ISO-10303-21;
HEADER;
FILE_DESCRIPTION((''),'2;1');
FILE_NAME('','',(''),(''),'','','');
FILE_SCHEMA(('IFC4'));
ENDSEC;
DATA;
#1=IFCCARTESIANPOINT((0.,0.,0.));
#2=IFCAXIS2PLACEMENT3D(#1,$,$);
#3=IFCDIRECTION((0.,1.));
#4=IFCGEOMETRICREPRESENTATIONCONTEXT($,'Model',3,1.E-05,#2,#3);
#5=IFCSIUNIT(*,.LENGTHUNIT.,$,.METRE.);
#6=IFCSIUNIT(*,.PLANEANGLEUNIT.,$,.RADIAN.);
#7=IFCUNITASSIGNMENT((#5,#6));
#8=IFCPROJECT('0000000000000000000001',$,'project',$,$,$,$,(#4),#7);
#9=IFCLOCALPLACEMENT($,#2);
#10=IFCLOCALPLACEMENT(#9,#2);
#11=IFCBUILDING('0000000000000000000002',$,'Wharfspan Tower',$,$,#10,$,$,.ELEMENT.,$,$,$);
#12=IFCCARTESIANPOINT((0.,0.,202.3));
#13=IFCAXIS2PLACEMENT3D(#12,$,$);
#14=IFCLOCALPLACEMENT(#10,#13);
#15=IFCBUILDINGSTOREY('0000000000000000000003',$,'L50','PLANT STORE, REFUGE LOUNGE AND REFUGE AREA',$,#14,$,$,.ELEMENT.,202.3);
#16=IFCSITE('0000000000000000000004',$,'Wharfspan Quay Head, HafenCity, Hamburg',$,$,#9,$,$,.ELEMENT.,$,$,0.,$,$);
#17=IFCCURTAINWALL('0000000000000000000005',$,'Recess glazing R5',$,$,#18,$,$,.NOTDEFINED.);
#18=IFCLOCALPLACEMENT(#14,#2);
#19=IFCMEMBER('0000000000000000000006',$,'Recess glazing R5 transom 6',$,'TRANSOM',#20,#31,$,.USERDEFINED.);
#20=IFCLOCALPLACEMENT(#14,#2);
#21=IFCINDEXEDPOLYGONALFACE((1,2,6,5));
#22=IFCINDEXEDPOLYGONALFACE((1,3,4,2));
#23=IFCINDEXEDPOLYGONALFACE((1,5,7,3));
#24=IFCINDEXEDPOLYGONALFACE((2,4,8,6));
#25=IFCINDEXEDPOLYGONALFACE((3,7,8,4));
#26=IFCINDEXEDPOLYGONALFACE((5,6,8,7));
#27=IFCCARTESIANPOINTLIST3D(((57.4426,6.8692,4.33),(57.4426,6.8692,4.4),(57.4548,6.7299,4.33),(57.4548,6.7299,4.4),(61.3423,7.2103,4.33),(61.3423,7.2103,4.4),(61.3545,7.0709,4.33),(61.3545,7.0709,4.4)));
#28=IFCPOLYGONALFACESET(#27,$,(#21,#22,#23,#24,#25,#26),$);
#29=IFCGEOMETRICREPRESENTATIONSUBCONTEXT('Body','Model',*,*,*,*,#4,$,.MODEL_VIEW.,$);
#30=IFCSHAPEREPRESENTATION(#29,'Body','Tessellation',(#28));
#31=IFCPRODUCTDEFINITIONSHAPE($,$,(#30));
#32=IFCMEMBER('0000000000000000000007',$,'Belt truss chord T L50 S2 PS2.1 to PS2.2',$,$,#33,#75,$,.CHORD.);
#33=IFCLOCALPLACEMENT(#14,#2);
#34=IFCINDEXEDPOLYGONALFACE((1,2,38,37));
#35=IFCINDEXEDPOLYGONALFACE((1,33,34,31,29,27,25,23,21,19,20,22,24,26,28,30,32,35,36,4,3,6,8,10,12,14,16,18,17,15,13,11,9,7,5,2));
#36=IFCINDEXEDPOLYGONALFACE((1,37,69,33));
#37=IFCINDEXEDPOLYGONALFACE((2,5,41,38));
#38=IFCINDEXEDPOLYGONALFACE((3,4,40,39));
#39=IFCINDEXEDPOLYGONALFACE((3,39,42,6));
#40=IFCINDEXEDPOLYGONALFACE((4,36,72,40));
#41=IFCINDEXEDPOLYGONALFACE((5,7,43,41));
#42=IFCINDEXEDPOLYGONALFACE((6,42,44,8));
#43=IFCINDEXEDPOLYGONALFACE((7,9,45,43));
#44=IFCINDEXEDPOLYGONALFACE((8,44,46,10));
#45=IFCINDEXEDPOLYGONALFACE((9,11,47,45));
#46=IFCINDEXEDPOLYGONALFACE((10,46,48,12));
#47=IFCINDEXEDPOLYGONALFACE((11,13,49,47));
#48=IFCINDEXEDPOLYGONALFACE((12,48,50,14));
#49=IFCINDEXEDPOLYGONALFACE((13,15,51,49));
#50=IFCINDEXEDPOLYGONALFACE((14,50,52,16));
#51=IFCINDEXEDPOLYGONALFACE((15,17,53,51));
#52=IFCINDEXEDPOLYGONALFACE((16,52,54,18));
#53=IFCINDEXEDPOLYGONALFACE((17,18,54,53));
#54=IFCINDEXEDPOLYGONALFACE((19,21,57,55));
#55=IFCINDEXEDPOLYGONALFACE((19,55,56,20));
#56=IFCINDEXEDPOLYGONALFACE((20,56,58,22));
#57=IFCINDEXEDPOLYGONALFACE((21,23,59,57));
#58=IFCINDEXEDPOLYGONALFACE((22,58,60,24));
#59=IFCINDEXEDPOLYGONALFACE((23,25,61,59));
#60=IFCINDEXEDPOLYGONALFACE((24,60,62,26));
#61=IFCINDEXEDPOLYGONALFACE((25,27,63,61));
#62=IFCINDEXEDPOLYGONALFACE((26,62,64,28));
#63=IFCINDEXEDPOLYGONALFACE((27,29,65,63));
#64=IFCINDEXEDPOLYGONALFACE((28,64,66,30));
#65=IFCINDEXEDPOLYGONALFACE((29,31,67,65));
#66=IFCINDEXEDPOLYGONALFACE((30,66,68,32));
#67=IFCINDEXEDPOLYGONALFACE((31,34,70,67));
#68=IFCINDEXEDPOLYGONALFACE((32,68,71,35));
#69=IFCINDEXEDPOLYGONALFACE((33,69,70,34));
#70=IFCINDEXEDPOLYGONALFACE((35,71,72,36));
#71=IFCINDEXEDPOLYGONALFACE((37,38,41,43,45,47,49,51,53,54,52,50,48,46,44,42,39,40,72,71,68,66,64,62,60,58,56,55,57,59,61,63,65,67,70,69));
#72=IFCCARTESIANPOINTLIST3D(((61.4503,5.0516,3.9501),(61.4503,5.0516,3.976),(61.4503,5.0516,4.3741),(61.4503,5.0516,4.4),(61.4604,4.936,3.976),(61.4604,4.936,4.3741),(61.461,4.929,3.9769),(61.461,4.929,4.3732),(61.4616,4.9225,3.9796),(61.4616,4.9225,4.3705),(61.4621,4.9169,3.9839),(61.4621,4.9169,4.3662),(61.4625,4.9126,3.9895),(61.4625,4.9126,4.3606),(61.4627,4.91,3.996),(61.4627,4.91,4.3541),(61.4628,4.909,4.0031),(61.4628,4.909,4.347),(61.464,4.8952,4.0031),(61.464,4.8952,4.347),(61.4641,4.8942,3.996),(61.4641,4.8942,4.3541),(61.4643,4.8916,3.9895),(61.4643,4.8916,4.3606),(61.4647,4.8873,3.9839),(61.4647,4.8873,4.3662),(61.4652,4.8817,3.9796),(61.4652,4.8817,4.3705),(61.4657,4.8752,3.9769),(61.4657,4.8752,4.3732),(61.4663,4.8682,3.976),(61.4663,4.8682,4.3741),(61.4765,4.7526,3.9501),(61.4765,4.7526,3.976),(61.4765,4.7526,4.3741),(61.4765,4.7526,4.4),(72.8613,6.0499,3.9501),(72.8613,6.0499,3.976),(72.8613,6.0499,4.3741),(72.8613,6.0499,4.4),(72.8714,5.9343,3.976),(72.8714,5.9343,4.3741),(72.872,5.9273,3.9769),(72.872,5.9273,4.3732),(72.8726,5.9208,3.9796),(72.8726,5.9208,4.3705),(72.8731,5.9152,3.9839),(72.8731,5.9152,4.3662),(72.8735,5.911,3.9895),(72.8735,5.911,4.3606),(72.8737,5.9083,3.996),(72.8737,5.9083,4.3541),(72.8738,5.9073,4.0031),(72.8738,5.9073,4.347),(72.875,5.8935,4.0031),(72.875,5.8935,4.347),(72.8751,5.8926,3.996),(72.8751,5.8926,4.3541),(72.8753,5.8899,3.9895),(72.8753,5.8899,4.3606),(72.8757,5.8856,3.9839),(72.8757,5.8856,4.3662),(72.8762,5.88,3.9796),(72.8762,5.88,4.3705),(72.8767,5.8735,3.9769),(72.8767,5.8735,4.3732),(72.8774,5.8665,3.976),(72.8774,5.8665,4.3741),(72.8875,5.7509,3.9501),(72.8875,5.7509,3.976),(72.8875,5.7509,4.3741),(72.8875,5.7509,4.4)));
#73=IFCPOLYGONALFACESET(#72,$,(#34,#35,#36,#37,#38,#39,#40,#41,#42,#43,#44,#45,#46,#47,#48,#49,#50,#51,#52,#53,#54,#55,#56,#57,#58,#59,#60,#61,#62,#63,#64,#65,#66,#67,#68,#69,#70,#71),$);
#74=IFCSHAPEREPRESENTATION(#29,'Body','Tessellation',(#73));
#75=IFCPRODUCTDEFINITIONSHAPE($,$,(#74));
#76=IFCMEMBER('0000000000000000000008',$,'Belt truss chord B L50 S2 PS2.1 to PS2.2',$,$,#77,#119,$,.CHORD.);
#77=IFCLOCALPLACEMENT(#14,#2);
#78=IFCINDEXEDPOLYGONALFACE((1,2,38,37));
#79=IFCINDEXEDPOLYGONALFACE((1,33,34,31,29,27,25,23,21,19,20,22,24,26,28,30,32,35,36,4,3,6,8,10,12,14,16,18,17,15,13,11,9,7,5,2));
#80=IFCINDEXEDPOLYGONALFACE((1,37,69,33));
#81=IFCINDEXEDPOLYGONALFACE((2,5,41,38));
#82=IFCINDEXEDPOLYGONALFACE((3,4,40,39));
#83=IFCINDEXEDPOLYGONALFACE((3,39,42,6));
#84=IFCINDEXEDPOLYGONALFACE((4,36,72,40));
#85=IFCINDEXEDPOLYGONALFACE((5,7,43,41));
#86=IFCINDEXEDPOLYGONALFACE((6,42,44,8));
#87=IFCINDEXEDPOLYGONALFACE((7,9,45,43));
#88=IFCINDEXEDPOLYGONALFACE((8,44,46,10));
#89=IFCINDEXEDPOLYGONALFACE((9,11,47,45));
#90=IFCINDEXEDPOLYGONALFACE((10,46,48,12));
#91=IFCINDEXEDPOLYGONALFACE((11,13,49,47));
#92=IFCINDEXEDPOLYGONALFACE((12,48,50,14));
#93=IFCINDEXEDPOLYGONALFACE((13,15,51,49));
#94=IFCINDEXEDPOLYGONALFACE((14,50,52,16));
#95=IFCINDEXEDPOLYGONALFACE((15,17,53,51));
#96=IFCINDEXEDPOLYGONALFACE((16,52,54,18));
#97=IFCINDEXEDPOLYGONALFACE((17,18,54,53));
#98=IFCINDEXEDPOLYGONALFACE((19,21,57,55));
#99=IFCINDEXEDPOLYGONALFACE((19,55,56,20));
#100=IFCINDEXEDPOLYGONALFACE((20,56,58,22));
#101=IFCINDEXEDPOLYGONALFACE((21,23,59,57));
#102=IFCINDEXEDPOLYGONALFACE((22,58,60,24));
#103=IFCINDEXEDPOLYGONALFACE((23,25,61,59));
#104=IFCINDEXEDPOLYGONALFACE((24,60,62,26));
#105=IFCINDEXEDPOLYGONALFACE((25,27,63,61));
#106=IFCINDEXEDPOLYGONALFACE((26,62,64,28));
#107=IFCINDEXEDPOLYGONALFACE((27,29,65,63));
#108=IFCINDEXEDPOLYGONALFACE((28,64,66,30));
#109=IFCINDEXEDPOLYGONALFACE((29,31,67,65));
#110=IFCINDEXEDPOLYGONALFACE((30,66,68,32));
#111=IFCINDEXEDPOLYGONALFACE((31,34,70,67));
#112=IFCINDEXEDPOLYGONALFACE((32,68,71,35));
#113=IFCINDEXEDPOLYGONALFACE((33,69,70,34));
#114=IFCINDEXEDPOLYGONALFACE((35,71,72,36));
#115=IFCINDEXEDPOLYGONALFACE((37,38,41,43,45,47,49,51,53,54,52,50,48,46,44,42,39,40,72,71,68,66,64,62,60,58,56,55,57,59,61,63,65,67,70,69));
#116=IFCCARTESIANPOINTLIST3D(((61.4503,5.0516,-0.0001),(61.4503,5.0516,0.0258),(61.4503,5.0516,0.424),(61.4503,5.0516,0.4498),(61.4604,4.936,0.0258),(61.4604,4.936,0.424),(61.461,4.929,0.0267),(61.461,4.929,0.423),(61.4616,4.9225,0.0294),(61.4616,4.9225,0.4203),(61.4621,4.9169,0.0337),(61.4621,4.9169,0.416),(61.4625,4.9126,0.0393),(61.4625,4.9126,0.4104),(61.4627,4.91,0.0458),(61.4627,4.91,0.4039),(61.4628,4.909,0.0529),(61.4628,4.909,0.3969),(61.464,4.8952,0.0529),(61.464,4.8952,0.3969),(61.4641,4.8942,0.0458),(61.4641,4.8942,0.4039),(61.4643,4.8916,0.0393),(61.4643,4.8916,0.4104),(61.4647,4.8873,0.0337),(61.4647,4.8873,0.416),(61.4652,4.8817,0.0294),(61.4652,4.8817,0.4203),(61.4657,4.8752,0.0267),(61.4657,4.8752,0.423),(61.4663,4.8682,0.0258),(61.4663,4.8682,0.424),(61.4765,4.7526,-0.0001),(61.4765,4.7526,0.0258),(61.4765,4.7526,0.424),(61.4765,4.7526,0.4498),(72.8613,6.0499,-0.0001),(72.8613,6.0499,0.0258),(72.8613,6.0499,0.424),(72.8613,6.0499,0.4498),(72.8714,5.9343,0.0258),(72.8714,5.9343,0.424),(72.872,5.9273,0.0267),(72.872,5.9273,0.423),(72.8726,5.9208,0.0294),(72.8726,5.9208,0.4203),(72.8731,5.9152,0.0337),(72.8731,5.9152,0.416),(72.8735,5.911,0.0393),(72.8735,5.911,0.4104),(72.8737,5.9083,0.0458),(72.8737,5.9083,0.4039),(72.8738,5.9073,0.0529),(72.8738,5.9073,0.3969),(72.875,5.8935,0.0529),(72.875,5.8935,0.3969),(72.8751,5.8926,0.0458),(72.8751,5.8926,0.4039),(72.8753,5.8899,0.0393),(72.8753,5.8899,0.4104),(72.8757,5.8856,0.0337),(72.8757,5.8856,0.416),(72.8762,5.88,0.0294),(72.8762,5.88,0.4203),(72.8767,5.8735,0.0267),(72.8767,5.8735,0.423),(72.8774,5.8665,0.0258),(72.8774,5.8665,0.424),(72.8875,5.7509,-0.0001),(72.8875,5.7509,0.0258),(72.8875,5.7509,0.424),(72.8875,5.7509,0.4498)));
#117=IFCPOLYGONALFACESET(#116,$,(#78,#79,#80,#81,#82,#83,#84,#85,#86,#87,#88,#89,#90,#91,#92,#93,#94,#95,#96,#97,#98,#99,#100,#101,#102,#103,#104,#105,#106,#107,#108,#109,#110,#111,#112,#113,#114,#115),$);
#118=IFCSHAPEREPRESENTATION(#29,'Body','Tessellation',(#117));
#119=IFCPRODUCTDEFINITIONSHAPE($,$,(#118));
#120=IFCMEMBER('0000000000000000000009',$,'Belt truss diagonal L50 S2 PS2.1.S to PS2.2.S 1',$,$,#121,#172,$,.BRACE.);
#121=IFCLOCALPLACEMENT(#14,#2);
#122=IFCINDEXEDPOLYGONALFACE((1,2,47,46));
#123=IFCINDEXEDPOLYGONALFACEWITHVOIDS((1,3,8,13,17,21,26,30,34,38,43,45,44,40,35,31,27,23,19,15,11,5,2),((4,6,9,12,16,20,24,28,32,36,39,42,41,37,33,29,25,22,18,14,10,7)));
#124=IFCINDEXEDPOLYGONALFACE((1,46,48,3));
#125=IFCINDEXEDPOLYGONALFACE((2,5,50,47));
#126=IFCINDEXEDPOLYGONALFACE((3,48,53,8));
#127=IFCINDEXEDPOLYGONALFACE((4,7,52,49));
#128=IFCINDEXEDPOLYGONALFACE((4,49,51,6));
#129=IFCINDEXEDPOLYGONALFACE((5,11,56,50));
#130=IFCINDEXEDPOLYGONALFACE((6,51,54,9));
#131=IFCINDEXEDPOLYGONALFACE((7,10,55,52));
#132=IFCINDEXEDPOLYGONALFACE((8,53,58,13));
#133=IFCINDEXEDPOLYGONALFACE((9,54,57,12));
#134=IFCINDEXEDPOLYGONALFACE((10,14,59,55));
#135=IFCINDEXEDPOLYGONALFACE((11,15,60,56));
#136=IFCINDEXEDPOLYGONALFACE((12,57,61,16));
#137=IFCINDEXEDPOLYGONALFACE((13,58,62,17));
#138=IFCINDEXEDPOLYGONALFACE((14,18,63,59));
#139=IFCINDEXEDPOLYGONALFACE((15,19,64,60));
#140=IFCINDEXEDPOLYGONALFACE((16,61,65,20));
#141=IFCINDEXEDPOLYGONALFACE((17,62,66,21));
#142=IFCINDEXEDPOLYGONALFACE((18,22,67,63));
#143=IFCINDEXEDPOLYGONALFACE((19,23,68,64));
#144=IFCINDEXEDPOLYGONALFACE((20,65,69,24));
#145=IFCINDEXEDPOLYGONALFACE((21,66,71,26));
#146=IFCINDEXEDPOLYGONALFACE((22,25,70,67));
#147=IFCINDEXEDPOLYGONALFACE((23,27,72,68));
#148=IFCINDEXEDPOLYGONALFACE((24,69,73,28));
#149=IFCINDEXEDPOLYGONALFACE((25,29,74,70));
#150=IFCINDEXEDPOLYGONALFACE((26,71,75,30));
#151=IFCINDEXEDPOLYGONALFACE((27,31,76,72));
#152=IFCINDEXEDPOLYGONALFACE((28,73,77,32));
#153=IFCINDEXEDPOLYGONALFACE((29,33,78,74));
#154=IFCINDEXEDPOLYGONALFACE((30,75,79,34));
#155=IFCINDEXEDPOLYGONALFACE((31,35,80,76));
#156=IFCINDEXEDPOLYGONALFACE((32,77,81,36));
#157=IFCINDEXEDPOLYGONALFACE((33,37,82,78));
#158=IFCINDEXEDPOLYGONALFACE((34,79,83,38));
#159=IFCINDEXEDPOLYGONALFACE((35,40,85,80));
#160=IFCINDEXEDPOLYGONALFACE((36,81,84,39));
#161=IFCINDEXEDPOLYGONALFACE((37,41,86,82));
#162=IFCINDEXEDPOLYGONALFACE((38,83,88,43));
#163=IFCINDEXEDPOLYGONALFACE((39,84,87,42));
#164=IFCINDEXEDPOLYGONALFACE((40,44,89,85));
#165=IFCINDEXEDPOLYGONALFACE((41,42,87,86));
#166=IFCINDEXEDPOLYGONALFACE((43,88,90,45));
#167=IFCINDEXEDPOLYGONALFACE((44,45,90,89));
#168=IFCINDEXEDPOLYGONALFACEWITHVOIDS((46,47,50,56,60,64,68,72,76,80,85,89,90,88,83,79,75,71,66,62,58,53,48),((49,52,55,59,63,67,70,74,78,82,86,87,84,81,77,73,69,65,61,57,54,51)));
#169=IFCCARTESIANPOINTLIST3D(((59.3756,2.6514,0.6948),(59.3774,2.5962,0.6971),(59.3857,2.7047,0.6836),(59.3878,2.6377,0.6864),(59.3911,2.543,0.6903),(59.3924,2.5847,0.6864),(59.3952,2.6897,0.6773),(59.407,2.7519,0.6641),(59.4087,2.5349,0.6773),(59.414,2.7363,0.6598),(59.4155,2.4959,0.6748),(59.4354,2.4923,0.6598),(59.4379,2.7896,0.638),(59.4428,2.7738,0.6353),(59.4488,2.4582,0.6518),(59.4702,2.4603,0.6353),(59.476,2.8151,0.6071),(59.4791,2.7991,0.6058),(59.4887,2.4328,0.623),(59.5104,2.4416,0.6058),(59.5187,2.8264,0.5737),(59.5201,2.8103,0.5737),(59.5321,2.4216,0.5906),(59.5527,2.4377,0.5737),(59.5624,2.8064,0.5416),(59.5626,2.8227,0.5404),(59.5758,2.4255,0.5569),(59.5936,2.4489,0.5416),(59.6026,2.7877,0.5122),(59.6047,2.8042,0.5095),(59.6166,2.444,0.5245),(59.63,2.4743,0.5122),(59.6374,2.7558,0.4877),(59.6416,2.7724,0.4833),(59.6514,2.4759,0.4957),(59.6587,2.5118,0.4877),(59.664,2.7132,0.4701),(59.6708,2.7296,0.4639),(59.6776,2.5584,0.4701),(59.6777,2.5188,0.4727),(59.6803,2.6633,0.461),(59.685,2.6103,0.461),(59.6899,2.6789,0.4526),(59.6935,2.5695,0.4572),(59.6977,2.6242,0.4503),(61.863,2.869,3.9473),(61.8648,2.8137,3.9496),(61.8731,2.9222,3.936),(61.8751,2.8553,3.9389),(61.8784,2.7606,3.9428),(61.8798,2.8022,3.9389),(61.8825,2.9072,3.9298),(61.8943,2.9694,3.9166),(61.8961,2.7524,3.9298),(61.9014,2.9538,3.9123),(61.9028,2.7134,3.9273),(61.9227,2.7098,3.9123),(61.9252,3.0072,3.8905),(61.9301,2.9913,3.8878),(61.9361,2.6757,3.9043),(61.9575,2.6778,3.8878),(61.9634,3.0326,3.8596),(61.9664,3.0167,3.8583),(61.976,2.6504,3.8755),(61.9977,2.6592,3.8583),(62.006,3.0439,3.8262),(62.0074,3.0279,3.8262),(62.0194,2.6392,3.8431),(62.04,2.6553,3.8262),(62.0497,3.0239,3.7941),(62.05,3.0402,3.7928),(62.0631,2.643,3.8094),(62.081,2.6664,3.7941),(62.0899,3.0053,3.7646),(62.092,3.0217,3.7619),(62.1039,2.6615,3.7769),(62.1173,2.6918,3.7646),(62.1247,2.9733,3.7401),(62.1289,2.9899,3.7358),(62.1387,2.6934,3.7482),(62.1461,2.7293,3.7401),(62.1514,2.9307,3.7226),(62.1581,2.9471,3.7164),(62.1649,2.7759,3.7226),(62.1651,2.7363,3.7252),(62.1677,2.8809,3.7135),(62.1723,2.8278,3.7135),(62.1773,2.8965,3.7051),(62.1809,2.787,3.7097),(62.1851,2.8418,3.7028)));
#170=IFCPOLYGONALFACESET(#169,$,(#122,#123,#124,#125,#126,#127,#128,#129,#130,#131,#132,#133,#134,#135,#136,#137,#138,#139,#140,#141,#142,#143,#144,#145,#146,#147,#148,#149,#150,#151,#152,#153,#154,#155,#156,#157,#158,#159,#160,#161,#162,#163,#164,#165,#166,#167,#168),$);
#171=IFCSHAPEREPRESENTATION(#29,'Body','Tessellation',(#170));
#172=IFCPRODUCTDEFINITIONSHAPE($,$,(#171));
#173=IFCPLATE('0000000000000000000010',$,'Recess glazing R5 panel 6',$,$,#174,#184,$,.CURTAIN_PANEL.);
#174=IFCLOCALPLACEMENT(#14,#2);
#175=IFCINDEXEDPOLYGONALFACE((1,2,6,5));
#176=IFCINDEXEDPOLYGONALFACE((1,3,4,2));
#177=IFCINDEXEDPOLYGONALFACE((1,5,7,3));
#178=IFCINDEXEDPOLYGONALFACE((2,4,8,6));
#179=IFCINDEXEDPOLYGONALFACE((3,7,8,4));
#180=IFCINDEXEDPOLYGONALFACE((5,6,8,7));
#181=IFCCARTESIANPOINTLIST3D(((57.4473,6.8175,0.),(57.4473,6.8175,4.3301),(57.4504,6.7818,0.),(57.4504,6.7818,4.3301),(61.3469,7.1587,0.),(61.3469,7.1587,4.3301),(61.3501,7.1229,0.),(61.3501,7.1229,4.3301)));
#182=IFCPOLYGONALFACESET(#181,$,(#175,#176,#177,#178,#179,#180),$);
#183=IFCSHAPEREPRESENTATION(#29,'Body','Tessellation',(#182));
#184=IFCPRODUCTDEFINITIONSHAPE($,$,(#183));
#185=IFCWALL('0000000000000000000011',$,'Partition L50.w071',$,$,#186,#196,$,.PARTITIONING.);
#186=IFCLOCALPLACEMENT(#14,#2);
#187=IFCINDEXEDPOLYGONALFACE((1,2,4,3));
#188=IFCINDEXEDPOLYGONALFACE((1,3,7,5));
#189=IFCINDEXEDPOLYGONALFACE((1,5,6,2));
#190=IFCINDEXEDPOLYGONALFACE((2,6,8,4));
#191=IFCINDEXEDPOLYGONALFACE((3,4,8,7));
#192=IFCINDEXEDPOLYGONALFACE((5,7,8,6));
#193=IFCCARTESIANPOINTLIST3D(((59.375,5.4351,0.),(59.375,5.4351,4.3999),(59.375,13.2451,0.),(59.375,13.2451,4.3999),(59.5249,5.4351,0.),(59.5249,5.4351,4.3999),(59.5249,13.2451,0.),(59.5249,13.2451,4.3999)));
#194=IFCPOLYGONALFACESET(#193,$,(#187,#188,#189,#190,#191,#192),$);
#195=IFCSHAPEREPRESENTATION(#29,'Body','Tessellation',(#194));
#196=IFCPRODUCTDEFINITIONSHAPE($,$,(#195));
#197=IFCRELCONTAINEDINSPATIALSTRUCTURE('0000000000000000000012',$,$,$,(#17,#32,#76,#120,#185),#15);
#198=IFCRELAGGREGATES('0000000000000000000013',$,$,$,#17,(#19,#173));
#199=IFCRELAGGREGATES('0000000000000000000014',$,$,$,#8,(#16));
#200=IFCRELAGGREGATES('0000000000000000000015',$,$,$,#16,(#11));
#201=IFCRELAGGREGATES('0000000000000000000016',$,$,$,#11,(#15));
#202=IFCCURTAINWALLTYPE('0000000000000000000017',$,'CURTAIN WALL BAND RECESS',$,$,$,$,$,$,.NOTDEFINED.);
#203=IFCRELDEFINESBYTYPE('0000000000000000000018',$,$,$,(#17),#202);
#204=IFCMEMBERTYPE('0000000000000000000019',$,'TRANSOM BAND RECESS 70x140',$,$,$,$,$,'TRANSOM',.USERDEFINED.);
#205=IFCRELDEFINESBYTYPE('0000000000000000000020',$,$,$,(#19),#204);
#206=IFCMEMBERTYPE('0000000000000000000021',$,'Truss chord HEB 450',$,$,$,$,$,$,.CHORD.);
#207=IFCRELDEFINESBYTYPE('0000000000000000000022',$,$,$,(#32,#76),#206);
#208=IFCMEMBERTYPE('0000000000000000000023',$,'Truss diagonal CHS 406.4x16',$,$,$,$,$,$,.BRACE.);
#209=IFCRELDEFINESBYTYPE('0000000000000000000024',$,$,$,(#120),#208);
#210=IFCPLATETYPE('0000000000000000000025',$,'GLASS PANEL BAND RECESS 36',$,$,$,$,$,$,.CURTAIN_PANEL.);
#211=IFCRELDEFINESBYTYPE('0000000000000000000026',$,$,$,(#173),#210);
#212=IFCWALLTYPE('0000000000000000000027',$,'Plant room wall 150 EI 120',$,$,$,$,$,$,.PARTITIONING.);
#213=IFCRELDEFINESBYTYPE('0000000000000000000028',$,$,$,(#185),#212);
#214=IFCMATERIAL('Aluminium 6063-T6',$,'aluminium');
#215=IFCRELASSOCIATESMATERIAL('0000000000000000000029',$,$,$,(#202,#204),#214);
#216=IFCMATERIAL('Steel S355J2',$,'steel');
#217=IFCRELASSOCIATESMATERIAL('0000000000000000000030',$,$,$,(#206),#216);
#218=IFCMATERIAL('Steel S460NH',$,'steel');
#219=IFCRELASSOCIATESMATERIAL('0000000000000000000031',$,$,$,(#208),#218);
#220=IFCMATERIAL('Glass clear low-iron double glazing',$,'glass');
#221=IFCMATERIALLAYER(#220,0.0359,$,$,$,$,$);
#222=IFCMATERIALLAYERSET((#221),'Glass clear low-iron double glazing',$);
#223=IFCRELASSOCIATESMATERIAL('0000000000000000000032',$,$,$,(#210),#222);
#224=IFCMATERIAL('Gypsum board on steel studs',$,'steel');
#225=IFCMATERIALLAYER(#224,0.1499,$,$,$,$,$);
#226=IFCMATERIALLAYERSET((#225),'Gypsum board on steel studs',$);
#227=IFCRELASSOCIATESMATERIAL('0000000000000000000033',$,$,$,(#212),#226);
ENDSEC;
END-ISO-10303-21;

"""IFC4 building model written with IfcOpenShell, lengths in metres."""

from ifc_helpers import new_model, si_unit, direction, frame, frame_2d, origin, origin_2d, place, context, subcontext, project, spatial, rectangle, hollow_circle, i_section, extrude, material, layer, layer_set, material_profile, profile_set, type_object, element, aggregate, save


model = new_model("IFC4")

# Units and contexts
model_context = context("Model", 3, precision=1e-05, world=origin(), true_north=direction((0.0, 1.0)))
body_context = subcontext(model_context, "Body", "Model", "MODEL_VIEW")
ifc_project = project(units=[si_unit("LENGTHUNIT", "METRE"), si_unit("PLANEANGLEUNIT", "RADIAN")], contexts=[model_context])

# Site, building, storey
site_placement = place(None, origin())
site = spatial("IfcSite", under=ifc_project, at=site_placement, Name="Wharfspan Quay Head, HafenCity, Hamburg", CompositionType="ELEMENT", RefElevation=0.0)
building_placement = place(site_placement, origin())
building = spatial("IfcBuilding", under=site, at=building_placement, Name="Wharfspan Tower", CompositionType="ELEMENT")
storey_placement = place(building_placement, frame((0.0, 0.0, 202.3)))
storey = spatial("IfcBuildingStorey", under=building, at=storey_placement, Name="L50", Description="PLANT STORE, REFUGE LOUNGE AND REFUGE AREA", CompositionType="ELEMENT", Elevation=202.3)

# Shared definitions
ifc_material_1 = material(Name="Steel S355J2", Category="steel")

# Curtain wall
ifc_material_2 = material(Name="Aluminium 6063-T6", Category="aluminium")
curtain_wall_type = type_object("IfcCurtainWallType", Name="CURTAIN WALL BAND RECESS", PredefinedType="NOTDEFINED", material=ifc_material_2)
curtain_wall_placement = place(storey_placement, origin())
curtain_wall = element("IfcCurtainWall", 1, at=curtain_wall_placement, inside=storey, type_object=curtain_wall_type, Name="Recess glazing R5", PredefinedType="NOTDEFINED")

# Member
ifc_material_3 = material(Name="Steel S460NH", Category="steel")
ifc_material_profile_1 = material_profile(ifc_material_2, rectangle(XDim=0.1399, YDim=0.0701, at=origin_2d()))
ifc_profile_set_1 = profile_set([ifc_material_profile_1], Name="Aluminium 6063-T6")
member_type_1 = type_object("IfcMemberType", Name="TRANSOM BAND RECESS 70x140", ElementType="TRANSOM", PredefinedType="USERDEFINED", material=ifc_profile_set_1)
member_1_placement = place(storey_placement, frame((61.3484, 7.1406, 4.365), z_axis=(-0.996197, -0.087127, 0.0), x_axis=(0.087127, -0.996197, 0.0)))
member_1 = element("IfcMember", 2, at=member_1_placement, type_object=member_type_1, Name="Recess glazing R5 transom 6", ObjectType="TRANSOM", PredefinedType="USERDEFINED", context=body_context, shape_type="SweptSolid", body=[
    extrude(rectangle(XDim=0.1399, YDim=0.0701, at=origin_2d()), origin(), (0.0, 0.0, 1.0), 3.9146),
])

# Members
ifc_material_profile_2 = material_profile(ifc_material_1, i_section(OverallWidth=0.3, OverallDepth=0.45, WebThickness=0.0139, FlangeThickness=0.0259, FilletRadius=0.0271, at=origin_2d()))
ifc_profile_set_2 = profile_set([ifc_material_profile_2], Name="Steel S355J2")
member_type_2 = type_object("IfcMemberType", Name="Truss chord HEB 450", PredefinedType="CHORD", material=ifc_profile_set_2)
for number, where, z_axis, x_axis, name in (
    (3, (61.4634, 4.9021, 4.175), (0.996195, 0.087153, 0.0), (-0.087153, 0.996195, 0.0), "Belt truss chord T L50 S2 PS2.1 to PS2.2"),
    (4, (61.4634, 4.9021, 0.2249), (0.996195, 0.087153, 0.0), (-0.087153, 0.996195, 0.0), "Belt truss chord B L50 S2 PS2.1 to PS2.2"),
):
    element("IfcMember", number, at=place(storey_placement, frame(where, z_axis=z_axis, x_axis=x_axis)), inside=storey, type_object=member_type_2, Name=name, PredefinedType="CHORD", context=body_context, shape_type="SweptSolid", body=[
        extrude(i_section(OverallWidth=0.3, OverallDepth=0.45, WebThickness=0.0139, FlangeThickness=0.0259, FilletRadius=0.0271, at=origin_2d()), origin(), (0.0, 0.0, 1.0), 11.4546),
    ])
ifc_material_profile_3 = material_profile(ifc_material_3, hollow_circle(Radius=0.2031, WallThickness=0.0161, at=origin_2d()))
ifc_profile_set_3 = profile_set([ifc_material_profile_3], Name="Steel S460NH")
member_type_3 = type_object("IfcMemberType", Name="Truss diagonal CHS 406.4x16", PredefinedType="BRACE", material=ifc_profile_set_3)
member_2_placement = place(storey_placement, frame((59.5364, 2.624, 0.5737), z_axis=(0.606617, 0.053052, 0.793222), x_axis=(-0.087123, 0.996198, 0.0)))
element("IfcMember", 5, at=member_2_placement, inside=storey, type_object=member_type_3, Name="Belt truss diagonal L50 S2 PS2.1.S to PS2.2.S 1", PredefinedType="BRACE", context=body_context, shape_type="SweptSolid", body=[
    extrude(hollow_circle(Radius=0.2031, WallThickness=0.0161, at=origin_2d()), origin(), (0.0, 0.0, 1.0), 4.1003),
])

# Plate
ifc_material_4 = material(Name="Glass clear low-iron double glazing", Category="glass")
ifc_layer_1 = layer(ifc_material_4, 0.0359)
ifc_layer_set_1 = layer_set([ifc_layer_1], Name="Glass clear low-iron double glazing")
plate_type = type_object("IfcPlateType", Name="GLASS PANEL BAND RECESS 36", PredefinedType="CURTAIN_PANEL", material=ifc_layer_set_1)
plate_placement = place(storey_placement, frame((59.3987, 6.9702, 0.0), z_axis=(0.0, 0.0, 1.0), x_axis=(-0.996198, -0.087156, 0.0)))
plate = element("IfcPlate", 6, at=plate_placement, type_object=plate_type, Name="Recess glazing R5 panel 6", PredefinedType="CURTAIN_PANEL", context=body_context, shape_type="SweptSolid", body=[
    extrude(rectangle(XDim=3.9146, YDim=0.0359, at=origin_2d()), origin(), (0.0, 0.0, 1.0), 4.3301),
])
aggregate(curtain_wall, [member_1, plate])

# Wall
ifc_material_5 = material(Name="Gypsum board on steel studs", Category="steel")
ifc_layer_2 = layer(ifc_material_5, 0.1499)
ifc_layer_set_2 = layer_set([ifc_layer_2], Name="Gypsum board on steel studs")
wall_type = type_object("IfcWallType", Name="Plant room wall 150 EI 120", PredefinedType="PARTITIONING", material=ifc_layer_set_2)
wall_1_placement = place(storey_placement, frame((59.45, 5.4351, 0.0), z_axis=(0.0, 0.0, 1.0), x_axis=(0.0, 1.0, 0.0)))
element("IfcWall", 7, at=wall_1_placement, inside=storey, type_object=wall_type, Name="Partition L50.w071", PredefinedType="PARTITIONING", context=body_context, shape_type="SweptSolid", body=[
    extrude(rectangle(XDim=7.8101, YDim=0.1499, at=frame_2d((3.905, 0.0))), origin(), (0.0, 0.0, 1.0), 4.3999),
])

save(model, "model.ifc")
